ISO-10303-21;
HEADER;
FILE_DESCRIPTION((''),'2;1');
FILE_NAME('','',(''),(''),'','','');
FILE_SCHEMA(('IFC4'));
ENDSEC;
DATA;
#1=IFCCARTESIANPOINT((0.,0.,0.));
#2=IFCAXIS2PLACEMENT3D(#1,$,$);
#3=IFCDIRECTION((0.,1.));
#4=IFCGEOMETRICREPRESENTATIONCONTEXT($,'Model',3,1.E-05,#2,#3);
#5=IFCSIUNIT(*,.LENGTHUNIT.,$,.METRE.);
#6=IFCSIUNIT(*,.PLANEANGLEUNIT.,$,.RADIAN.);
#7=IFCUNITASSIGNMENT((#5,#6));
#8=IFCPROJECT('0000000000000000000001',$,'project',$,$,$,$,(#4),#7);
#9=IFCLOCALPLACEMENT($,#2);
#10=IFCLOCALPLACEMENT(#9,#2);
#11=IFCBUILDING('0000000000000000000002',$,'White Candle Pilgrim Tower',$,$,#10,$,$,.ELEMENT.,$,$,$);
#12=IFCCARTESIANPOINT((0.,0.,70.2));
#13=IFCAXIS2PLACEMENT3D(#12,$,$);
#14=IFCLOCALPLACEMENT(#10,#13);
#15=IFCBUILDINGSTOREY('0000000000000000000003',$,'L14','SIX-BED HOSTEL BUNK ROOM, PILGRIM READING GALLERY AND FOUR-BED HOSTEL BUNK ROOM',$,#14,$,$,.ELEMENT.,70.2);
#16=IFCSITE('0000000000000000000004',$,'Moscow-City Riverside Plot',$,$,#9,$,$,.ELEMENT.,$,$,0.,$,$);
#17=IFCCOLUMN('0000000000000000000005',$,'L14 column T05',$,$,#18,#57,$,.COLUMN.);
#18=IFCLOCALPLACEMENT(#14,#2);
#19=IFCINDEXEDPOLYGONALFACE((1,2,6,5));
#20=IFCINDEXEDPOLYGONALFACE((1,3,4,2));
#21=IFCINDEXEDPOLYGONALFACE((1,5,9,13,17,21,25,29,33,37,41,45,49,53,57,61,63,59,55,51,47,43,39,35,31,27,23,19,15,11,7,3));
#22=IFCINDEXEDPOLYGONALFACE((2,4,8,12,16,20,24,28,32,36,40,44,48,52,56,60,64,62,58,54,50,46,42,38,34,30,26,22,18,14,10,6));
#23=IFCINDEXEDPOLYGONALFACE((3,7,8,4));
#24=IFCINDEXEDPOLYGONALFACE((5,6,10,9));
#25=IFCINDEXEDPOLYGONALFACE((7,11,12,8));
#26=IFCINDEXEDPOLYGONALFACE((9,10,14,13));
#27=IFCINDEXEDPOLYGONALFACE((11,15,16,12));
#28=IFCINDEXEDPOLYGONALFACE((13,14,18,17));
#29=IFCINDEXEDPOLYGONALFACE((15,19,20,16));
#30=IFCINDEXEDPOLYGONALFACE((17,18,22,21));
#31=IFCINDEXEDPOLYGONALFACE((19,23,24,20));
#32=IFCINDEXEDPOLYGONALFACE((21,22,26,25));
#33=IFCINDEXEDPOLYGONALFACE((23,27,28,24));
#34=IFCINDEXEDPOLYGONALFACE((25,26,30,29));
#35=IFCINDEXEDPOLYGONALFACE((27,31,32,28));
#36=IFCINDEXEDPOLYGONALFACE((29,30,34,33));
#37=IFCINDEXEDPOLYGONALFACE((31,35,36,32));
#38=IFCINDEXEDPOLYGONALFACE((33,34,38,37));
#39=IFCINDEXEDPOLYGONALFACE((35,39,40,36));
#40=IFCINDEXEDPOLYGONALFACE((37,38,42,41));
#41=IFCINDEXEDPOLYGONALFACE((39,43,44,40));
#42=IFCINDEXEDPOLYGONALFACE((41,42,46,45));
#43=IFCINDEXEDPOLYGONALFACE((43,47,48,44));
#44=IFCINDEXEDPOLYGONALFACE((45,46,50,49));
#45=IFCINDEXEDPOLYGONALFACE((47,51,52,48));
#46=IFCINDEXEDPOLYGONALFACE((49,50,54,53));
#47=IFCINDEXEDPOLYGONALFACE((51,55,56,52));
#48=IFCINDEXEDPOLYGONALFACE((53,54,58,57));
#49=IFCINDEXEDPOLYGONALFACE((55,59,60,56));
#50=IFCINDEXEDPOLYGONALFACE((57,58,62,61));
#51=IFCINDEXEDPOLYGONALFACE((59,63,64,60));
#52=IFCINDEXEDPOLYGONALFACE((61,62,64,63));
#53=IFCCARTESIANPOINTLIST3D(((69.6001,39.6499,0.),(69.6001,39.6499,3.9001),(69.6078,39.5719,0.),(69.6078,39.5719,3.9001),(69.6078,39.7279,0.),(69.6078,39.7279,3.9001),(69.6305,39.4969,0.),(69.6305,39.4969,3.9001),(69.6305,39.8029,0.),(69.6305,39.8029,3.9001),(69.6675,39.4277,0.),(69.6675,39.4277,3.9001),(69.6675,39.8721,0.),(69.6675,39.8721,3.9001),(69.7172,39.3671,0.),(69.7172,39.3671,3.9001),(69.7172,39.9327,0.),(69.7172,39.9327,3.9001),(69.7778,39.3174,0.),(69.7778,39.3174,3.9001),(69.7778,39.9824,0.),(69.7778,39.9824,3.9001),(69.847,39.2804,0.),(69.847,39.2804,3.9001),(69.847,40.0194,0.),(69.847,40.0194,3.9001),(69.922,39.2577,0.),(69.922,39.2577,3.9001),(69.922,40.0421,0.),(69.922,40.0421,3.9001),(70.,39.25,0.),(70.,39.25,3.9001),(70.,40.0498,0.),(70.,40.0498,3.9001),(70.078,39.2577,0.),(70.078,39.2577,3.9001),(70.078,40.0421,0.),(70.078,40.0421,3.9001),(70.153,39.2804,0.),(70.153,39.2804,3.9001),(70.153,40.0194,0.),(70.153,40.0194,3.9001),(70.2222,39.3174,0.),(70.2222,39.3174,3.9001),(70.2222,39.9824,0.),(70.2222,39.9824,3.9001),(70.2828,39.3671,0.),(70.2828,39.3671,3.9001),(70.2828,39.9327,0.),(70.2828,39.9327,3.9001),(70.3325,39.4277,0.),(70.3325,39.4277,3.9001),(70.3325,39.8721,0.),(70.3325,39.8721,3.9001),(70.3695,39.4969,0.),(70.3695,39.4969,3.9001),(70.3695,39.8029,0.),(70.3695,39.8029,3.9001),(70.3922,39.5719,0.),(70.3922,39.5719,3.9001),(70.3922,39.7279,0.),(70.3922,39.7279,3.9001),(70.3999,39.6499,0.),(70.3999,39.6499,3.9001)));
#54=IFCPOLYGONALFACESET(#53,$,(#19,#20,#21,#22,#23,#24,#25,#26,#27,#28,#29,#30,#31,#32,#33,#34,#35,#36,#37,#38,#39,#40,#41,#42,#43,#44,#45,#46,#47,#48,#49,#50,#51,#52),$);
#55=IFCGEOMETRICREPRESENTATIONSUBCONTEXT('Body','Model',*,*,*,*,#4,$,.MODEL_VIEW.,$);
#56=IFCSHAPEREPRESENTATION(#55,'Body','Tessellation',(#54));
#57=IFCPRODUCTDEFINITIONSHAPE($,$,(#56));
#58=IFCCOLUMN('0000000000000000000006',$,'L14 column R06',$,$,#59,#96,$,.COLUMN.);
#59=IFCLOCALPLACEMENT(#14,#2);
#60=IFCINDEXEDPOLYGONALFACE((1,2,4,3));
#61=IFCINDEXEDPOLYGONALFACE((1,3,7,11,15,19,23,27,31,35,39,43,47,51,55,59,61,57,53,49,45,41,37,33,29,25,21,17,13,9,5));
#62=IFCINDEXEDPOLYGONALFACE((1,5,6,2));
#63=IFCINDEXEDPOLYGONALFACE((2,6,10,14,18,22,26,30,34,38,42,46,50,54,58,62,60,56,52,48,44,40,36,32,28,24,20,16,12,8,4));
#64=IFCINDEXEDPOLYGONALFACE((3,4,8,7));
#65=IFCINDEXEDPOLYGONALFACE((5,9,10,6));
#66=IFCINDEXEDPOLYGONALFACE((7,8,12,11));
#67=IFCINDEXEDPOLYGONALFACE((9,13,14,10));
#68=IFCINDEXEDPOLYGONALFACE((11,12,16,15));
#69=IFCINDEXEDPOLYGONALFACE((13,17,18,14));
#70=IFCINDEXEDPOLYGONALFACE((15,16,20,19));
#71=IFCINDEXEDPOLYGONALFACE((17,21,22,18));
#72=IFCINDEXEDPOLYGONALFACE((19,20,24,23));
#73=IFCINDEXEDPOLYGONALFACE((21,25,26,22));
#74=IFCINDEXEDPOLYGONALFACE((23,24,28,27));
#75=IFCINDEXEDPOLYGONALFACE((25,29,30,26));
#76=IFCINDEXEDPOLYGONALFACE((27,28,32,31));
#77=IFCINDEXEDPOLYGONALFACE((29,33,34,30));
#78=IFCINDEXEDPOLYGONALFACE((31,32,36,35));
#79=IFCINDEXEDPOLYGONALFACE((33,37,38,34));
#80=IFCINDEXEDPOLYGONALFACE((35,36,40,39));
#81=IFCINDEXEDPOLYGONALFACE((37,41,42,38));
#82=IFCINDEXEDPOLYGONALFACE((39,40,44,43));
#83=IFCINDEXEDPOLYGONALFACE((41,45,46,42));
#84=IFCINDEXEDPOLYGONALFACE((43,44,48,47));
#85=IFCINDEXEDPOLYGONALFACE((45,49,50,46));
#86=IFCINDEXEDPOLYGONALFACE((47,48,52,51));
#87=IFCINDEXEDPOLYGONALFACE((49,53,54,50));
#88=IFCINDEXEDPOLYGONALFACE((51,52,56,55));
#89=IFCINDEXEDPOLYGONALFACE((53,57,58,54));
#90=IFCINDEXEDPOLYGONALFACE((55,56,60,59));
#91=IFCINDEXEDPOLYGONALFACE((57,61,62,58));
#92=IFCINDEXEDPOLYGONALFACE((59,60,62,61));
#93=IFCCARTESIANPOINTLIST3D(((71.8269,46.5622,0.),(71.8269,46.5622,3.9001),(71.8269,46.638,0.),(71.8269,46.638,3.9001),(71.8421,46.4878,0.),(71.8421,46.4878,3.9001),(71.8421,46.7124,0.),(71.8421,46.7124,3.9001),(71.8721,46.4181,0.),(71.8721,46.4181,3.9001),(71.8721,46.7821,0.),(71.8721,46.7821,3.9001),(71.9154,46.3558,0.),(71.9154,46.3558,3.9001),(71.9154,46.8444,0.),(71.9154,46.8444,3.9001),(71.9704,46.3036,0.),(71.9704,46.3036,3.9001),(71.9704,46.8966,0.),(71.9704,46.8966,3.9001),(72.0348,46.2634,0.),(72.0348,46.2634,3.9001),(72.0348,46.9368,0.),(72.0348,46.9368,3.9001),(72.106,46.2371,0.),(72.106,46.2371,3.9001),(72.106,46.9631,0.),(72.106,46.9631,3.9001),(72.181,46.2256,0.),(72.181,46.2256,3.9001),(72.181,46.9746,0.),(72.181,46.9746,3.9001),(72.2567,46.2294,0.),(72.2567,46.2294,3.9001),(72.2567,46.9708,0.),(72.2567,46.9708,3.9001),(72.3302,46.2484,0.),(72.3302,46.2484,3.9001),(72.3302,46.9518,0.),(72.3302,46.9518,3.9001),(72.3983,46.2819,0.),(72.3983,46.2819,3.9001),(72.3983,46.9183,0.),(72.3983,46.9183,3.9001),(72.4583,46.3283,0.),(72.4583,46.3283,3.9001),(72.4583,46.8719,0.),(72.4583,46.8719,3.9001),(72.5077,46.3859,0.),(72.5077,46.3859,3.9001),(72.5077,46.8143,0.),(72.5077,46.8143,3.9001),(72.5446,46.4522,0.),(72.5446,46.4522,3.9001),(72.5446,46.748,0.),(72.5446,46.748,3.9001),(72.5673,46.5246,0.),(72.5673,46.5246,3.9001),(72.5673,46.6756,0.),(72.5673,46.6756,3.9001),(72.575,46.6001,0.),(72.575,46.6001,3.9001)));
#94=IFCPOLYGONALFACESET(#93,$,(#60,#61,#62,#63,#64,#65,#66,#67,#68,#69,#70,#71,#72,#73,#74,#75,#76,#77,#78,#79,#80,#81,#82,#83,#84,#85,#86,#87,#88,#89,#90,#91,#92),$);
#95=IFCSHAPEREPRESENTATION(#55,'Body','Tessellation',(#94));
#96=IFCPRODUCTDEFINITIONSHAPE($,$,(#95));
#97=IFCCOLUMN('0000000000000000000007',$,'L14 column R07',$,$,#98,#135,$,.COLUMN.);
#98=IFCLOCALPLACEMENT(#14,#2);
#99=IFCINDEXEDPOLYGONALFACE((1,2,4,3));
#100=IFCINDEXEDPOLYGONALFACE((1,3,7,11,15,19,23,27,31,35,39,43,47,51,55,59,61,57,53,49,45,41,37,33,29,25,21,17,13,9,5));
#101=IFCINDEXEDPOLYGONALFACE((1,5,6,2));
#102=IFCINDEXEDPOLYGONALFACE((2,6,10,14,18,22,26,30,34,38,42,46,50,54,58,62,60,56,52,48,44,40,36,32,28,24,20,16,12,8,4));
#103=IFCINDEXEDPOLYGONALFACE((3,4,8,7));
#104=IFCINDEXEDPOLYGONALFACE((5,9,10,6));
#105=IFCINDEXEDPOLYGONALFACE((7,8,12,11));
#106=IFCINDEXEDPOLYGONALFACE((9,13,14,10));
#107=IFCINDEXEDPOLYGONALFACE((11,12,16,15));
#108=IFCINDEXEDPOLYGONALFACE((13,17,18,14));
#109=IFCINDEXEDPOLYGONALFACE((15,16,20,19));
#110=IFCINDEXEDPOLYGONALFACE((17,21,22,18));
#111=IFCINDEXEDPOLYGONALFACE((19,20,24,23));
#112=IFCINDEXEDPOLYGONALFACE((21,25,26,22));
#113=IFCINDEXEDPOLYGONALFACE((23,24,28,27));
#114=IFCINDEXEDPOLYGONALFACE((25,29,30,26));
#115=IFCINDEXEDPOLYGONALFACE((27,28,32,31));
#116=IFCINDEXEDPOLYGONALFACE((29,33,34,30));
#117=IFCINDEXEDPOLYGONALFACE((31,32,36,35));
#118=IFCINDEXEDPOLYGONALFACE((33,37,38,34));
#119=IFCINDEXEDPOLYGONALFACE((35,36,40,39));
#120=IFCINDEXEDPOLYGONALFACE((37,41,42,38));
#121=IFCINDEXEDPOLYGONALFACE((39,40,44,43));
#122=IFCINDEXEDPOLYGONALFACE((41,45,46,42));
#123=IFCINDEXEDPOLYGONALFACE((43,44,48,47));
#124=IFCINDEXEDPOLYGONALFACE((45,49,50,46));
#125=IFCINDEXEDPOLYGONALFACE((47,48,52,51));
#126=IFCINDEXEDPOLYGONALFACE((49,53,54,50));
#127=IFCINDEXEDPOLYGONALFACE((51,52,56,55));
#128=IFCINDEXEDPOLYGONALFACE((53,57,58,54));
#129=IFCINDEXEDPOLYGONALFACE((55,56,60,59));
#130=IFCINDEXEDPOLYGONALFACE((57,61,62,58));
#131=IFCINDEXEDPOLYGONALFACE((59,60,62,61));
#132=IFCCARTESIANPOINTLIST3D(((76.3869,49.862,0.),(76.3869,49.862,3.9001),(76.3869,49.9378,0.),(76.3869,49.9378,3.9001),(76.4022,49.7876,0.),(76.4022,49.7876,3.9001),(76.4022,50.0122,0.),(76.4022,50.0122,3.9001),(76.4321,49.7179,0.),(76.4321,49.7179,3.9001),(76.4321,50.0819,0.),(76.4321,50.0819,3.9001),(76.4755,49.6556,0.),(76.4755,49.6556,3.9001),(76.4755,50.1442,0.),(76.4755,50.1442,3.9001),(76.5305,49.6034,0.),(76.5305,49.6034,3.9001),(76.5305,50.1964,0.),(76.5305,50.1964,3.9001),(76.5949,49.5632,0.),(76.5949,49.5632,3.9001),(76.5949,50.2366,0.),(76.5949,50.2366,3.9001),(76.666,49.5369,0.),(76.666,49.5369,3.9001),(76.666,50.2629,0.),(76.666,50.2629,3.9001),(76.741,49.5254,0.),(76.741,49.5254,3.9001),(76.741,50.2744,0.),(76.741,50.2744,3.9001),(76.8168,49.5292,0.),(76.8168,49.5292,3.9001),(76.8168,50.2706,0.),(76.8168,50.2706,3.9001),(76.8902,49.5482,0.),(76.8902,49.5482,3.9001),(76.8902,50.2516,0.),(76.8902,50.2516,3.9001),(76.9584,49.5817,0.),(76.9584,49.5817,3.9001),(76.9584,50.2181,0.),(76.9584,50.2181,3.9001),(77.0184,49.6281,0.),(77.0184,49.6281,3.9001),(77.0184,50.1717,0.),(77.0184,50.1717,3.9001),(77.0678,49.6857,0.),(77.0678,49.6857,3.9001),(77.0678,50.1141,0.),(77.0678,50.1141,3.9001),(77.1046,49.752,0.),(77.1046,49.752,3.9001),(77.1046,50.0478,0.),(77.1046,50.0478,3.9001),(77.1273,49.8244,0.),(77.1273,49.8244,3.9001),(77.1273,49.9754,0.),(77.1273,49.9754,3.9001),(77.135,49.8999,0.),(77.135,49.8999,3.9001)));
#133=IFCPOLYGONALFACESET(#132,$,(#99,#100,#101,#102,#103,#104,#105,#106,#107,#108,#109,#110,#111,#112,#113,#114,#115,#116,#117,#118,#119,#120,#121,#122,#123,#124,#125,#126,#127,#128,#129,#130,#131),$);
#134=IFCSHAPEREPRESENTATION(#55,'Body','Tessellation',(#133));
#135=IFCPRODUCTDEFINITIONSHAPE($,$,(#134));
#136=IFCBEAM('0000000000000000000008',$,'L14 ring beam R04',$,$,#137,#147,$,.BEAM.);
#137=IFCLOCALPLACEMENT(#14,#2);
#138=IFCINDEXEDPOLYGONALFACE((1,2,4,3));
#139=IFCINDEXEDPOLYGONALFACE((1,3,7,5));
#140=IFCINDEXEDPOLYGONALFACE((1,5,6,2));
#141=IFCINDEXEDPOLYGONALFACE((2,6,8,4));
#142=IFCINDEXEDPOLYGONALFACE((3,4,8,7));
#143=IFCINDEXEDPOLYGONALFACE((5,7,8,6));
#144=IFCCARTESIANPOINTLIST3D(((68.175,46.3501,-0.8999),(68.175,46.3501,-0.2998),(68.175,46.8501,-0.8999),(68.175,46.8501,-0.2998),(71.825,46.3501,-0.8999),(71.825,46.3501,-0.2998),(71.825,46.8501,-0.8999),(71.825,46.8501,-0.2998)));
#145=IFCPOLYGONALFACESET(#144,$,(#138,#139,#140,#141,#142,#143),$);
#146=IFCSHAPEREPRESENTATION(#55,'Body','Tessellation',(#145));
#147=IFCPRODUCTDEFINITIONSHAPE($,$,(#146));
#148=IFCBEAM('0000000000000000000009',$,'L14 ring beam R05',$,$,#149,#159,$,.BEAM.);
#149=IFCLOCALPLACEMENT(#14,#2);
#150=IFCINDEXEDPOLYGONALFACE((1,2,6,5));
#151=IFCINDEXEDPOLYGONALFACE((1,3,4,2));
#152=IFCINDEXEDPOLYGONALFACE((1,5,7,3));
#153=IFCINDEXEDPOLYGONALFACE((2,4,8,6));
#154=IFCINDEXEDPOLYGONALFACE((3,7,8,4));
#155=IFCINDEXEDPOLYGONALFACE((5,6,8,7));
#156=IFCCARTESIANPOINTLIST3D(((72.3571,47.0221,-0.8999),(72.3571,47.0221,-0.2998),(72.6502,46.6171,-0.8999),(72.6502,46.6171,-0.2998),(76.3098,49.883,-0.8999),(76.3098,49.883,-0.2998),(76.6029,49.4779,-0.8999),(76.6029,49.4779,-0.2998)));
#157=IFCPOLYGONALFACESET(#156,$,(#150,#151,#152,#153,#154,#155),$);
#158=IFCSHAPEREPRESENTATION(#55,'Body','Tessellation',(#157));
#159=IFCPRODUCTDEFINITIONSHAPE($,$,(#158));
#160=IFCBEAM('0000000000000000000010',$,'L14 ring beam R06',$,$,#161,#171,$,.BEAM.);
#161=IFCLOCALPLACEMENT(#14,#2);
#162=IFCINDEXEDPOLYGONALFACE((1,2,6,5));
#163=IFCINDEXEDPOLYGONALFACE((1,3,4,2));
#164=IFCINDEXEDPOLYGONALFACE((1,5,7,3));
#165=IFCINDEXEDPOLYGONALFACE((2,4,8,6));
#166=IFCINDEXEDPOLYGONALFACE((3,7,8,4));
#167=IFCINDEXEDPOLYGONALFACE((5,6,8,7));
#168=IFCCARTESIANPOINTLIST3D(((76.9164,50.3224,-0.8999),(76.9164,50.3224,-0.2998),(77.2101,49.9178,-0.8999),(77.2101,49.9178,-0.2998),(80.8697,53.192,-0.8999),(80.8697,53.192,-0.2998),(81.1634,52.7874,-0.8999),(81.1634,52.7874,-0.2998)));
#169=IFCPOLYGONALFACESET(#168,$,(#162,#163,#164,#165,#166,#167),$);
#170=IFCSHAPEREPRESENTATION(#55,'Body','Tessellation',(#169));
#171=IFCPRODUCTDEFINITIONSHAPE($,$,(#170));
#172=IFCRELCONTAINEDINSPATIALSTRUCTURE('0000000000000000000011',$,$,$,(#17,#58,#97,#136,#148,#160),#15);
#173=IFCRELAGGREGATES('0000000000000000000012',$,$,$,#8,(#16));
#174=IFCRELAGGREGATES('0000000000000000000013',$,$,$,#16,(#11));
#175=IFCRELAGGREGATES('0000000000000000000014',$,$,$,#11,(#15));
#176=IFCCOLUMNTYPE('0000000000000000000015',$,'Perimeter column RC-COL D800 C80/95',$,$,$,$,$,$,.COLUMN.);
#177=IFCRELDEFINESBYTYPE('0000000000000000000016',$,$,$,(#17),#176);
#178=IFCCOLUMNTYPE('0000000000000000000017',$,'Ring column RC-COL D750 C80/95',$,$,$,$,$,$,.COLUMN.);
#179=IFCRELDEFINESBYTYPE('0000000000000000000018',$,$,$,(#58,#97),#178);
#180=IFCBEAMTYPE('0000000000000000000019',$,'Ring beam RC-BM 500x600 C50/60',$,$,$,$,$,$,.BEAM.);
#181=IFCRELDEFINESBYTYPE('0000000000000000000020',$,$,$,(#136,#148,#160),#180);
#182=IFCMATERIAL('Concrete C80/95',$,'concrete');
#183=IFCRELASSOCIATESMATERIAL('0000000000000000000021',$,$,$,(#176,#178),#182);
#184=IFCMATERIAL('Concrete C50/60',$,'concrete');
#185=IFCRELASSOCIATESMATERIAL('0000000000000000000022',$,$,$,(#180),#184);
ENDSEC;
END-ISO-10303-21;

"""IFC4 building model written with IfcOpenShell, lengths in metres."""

from ifc_helpers import new_model, si_unit, direction, frame, origin, origin_2d, place, context, subcontext, project, spatial, rectangle, circle, extrude, material, material_profile, profile_set, type_object, element, save


model = new_model("IFC4")

# Units and contexts
model_context = context("Model", 3, precision=1e-05, world=origin(), true_north=direction((0.0, 1.0)))
body_context = subcontext(model_context, "Body", "Model", "MODEL_VIEW")
ifc_project = project(units=[si_unit("LENGTHUNIT", "METRE"), si_unit("PLANEANGLEUNIT", "RADIAN")], contexts=[model_context])

# Site, building, storey
site_placement = place(None, origin())
site = spatial("IfcSite", under=ifc_project, at=site_placement, Name="Moscow-City Riverside Plot", CompositionType="ELEMENT", RefElevation=0.0)
building_placement = place(site_placement, origin())
building = spatial("IfcBuilding", under=site, at=building_placement, Name="White Candle Pilgrim Tower", CompositionType="ELEMENT")
storey_placement = place(building_placement, frame((0.0, 0.0, 70.2)))
storey = spatial("IfcBuildingStorey", under=building, at=storey_placement, Name="L14", Description="SIX-BED HOSTEL BUNK ROOM, PILGRIM READING GALLERY AND FOUR-BED HOSTEL BUNK ROOM", CompositionType="ELEMENT", Elevation=70.2)

# Columns
ifc_material_1 = material(Name="Concrete C80/95", Category="concrete")
ifc_material_profile_1 = material_profile(ifc_material_1, circle(Radius=0.3999, at=origin_2d()), Name="RC-COL D800")
ifc_profile_set_1 = profile_set([ifc_material_profile_1], Name="Concrete C80/95")
column_type_1 = type_object("IfcColumnType", Name="Perimeter column RC-COL D800 C80/95", PredefinedType="COLUMN", material=ifc_profile_set_1)
column_placement = place(storey_placement, frame((70.0, 39.6499, 0.0), z_axis=(0.0, 0.0, 1.0), x_axis=(1.0, 0.0, 0.0)))
element("IfcColumn", 1, at=column_placement, inside=storey, type_object=column_type_1, Name="L14 column T05", PredefinedType="COLUMN", context=body_context, shape_type="SweptSolid", body=[
    extrude(circle(Radius=0.3999, at=origin_2d()), origin(), (0.0, 0.0, 1.0), 3.9001),
])
ifc_material_profile_2 = material_profile(ifc_material_1, circle(Radius=0.375, at=origin_2d()), Name="RC-COL D750")
ifc_profile_set_2 = profile_set([ifc_material_profile_2], Name="Concrete C80/95")
column_type_2 = type_object("IfcColumnType", Name="Ring column RC-COL D750 C80/95", PredefinedType="COLUMN", material=ifc_profile_set_2)
for number, where, z_axis, x_axis, name in (
    (2, (72.2, 46.6001, 0.0), (0.0, 0.0, 1.0), (1.0, 0.0, 0.0), "L14 column R06"),
    (3, (76.76, 49.8999, 0.0), (0.0, 0.0, 1.0), (1.0, 0.0, 0.0), "L14 column R07"),
):
    element("IfcColumn", number, at=place(storey_placement, frame(where, z_axis=z_axis, x_axis=x_axis)), inside=storey, type_object=column_type_2, Name=name, PredefinedType="COLUMN", context=body_context, shape_type="SweptSolid", body=[
        extrude(circle(Radius=0.375, at=origin_2d()), origin(), (0.0, 0.0, 1.0), 3.9001),
    ])

# Beams
ifc_material_2 = material(Name="Concrete C50/60", Category="concrete")
ifc_material_profile_3 = material_profile(ifc_material_2, rectangle(XDim=0.5, YDim=0.6001, at=origin_2d()), Name="RC-BM 500x600")
ifc_profile_set_3 = profile_set([ifc_material_profile_3], Name="Concrete C50/60")
beam_type = type_object("IfcBeamType", Name="Ring beam RC-BM 500x600 C50/60", PredefinedType="BEAM", material=ifc_profile_set_3)
beam_1_placement = place(storey_placement, frame((68.175, 46.6001, -0.5999), z_axis=(1.0, 0.0, 0.0), x_axis=(0.0, 1.0, 0.0)))
element("IfcBeam", 4, at=beam_1_placement, inside=storey, type_object=beam_type, Name="L14 ring beam R04", PredefinedType="BEAM", context=body_context, shape_type="SweptSolid", body=[
    extrude(rectangle(XDim=0.5, YDim=0.6001, at=origin_2d()), origin(), (0.0, 0.0, 1.0), 3.6499),
])
beam_2_placement = place(storey_placement, frame((72.5037, 46.8196, -0.5999), z_axis=(0.81008, 0.58632, 0.0), x_axis=(-0.58632, 0.81008, 0.0)))
element("IfcBeam", 5, at=beam_2_placement, inside=storey, type_object=beam_type, Name="L14 ring beam R05", PredefinedType="BEAM", context=body_context, shape_type="SweptSolid", body=[
    extrude(rectangle(XDim=0.5, YDim=0.6001, at=origin_2d()), origin(), (0.0, 0.0, 1.0), 4.8794),
])
beam_3_placement = place(storey_placement, frame((77.0632, 50.1201, -0.5999), z_axis=(0.809276, 0.587429, 0.0), x_axis=(-0.587429, 0.809276, 0.0)))
element("IfcBeam", 6, at=beam_3_placement, inside=storey, type_object=beam_type, Name="L14 ring beam R06", PredefinedType="BEAM", context=body_context, shape_type="SweptSolid", body=[
    extrude(rectangle(XDim=0.5, YDim=0.6001, at=origin_2d()), origin(), (0.0, 0.0, 1.0), 4.885),
])

save(model, "model.ifc")
